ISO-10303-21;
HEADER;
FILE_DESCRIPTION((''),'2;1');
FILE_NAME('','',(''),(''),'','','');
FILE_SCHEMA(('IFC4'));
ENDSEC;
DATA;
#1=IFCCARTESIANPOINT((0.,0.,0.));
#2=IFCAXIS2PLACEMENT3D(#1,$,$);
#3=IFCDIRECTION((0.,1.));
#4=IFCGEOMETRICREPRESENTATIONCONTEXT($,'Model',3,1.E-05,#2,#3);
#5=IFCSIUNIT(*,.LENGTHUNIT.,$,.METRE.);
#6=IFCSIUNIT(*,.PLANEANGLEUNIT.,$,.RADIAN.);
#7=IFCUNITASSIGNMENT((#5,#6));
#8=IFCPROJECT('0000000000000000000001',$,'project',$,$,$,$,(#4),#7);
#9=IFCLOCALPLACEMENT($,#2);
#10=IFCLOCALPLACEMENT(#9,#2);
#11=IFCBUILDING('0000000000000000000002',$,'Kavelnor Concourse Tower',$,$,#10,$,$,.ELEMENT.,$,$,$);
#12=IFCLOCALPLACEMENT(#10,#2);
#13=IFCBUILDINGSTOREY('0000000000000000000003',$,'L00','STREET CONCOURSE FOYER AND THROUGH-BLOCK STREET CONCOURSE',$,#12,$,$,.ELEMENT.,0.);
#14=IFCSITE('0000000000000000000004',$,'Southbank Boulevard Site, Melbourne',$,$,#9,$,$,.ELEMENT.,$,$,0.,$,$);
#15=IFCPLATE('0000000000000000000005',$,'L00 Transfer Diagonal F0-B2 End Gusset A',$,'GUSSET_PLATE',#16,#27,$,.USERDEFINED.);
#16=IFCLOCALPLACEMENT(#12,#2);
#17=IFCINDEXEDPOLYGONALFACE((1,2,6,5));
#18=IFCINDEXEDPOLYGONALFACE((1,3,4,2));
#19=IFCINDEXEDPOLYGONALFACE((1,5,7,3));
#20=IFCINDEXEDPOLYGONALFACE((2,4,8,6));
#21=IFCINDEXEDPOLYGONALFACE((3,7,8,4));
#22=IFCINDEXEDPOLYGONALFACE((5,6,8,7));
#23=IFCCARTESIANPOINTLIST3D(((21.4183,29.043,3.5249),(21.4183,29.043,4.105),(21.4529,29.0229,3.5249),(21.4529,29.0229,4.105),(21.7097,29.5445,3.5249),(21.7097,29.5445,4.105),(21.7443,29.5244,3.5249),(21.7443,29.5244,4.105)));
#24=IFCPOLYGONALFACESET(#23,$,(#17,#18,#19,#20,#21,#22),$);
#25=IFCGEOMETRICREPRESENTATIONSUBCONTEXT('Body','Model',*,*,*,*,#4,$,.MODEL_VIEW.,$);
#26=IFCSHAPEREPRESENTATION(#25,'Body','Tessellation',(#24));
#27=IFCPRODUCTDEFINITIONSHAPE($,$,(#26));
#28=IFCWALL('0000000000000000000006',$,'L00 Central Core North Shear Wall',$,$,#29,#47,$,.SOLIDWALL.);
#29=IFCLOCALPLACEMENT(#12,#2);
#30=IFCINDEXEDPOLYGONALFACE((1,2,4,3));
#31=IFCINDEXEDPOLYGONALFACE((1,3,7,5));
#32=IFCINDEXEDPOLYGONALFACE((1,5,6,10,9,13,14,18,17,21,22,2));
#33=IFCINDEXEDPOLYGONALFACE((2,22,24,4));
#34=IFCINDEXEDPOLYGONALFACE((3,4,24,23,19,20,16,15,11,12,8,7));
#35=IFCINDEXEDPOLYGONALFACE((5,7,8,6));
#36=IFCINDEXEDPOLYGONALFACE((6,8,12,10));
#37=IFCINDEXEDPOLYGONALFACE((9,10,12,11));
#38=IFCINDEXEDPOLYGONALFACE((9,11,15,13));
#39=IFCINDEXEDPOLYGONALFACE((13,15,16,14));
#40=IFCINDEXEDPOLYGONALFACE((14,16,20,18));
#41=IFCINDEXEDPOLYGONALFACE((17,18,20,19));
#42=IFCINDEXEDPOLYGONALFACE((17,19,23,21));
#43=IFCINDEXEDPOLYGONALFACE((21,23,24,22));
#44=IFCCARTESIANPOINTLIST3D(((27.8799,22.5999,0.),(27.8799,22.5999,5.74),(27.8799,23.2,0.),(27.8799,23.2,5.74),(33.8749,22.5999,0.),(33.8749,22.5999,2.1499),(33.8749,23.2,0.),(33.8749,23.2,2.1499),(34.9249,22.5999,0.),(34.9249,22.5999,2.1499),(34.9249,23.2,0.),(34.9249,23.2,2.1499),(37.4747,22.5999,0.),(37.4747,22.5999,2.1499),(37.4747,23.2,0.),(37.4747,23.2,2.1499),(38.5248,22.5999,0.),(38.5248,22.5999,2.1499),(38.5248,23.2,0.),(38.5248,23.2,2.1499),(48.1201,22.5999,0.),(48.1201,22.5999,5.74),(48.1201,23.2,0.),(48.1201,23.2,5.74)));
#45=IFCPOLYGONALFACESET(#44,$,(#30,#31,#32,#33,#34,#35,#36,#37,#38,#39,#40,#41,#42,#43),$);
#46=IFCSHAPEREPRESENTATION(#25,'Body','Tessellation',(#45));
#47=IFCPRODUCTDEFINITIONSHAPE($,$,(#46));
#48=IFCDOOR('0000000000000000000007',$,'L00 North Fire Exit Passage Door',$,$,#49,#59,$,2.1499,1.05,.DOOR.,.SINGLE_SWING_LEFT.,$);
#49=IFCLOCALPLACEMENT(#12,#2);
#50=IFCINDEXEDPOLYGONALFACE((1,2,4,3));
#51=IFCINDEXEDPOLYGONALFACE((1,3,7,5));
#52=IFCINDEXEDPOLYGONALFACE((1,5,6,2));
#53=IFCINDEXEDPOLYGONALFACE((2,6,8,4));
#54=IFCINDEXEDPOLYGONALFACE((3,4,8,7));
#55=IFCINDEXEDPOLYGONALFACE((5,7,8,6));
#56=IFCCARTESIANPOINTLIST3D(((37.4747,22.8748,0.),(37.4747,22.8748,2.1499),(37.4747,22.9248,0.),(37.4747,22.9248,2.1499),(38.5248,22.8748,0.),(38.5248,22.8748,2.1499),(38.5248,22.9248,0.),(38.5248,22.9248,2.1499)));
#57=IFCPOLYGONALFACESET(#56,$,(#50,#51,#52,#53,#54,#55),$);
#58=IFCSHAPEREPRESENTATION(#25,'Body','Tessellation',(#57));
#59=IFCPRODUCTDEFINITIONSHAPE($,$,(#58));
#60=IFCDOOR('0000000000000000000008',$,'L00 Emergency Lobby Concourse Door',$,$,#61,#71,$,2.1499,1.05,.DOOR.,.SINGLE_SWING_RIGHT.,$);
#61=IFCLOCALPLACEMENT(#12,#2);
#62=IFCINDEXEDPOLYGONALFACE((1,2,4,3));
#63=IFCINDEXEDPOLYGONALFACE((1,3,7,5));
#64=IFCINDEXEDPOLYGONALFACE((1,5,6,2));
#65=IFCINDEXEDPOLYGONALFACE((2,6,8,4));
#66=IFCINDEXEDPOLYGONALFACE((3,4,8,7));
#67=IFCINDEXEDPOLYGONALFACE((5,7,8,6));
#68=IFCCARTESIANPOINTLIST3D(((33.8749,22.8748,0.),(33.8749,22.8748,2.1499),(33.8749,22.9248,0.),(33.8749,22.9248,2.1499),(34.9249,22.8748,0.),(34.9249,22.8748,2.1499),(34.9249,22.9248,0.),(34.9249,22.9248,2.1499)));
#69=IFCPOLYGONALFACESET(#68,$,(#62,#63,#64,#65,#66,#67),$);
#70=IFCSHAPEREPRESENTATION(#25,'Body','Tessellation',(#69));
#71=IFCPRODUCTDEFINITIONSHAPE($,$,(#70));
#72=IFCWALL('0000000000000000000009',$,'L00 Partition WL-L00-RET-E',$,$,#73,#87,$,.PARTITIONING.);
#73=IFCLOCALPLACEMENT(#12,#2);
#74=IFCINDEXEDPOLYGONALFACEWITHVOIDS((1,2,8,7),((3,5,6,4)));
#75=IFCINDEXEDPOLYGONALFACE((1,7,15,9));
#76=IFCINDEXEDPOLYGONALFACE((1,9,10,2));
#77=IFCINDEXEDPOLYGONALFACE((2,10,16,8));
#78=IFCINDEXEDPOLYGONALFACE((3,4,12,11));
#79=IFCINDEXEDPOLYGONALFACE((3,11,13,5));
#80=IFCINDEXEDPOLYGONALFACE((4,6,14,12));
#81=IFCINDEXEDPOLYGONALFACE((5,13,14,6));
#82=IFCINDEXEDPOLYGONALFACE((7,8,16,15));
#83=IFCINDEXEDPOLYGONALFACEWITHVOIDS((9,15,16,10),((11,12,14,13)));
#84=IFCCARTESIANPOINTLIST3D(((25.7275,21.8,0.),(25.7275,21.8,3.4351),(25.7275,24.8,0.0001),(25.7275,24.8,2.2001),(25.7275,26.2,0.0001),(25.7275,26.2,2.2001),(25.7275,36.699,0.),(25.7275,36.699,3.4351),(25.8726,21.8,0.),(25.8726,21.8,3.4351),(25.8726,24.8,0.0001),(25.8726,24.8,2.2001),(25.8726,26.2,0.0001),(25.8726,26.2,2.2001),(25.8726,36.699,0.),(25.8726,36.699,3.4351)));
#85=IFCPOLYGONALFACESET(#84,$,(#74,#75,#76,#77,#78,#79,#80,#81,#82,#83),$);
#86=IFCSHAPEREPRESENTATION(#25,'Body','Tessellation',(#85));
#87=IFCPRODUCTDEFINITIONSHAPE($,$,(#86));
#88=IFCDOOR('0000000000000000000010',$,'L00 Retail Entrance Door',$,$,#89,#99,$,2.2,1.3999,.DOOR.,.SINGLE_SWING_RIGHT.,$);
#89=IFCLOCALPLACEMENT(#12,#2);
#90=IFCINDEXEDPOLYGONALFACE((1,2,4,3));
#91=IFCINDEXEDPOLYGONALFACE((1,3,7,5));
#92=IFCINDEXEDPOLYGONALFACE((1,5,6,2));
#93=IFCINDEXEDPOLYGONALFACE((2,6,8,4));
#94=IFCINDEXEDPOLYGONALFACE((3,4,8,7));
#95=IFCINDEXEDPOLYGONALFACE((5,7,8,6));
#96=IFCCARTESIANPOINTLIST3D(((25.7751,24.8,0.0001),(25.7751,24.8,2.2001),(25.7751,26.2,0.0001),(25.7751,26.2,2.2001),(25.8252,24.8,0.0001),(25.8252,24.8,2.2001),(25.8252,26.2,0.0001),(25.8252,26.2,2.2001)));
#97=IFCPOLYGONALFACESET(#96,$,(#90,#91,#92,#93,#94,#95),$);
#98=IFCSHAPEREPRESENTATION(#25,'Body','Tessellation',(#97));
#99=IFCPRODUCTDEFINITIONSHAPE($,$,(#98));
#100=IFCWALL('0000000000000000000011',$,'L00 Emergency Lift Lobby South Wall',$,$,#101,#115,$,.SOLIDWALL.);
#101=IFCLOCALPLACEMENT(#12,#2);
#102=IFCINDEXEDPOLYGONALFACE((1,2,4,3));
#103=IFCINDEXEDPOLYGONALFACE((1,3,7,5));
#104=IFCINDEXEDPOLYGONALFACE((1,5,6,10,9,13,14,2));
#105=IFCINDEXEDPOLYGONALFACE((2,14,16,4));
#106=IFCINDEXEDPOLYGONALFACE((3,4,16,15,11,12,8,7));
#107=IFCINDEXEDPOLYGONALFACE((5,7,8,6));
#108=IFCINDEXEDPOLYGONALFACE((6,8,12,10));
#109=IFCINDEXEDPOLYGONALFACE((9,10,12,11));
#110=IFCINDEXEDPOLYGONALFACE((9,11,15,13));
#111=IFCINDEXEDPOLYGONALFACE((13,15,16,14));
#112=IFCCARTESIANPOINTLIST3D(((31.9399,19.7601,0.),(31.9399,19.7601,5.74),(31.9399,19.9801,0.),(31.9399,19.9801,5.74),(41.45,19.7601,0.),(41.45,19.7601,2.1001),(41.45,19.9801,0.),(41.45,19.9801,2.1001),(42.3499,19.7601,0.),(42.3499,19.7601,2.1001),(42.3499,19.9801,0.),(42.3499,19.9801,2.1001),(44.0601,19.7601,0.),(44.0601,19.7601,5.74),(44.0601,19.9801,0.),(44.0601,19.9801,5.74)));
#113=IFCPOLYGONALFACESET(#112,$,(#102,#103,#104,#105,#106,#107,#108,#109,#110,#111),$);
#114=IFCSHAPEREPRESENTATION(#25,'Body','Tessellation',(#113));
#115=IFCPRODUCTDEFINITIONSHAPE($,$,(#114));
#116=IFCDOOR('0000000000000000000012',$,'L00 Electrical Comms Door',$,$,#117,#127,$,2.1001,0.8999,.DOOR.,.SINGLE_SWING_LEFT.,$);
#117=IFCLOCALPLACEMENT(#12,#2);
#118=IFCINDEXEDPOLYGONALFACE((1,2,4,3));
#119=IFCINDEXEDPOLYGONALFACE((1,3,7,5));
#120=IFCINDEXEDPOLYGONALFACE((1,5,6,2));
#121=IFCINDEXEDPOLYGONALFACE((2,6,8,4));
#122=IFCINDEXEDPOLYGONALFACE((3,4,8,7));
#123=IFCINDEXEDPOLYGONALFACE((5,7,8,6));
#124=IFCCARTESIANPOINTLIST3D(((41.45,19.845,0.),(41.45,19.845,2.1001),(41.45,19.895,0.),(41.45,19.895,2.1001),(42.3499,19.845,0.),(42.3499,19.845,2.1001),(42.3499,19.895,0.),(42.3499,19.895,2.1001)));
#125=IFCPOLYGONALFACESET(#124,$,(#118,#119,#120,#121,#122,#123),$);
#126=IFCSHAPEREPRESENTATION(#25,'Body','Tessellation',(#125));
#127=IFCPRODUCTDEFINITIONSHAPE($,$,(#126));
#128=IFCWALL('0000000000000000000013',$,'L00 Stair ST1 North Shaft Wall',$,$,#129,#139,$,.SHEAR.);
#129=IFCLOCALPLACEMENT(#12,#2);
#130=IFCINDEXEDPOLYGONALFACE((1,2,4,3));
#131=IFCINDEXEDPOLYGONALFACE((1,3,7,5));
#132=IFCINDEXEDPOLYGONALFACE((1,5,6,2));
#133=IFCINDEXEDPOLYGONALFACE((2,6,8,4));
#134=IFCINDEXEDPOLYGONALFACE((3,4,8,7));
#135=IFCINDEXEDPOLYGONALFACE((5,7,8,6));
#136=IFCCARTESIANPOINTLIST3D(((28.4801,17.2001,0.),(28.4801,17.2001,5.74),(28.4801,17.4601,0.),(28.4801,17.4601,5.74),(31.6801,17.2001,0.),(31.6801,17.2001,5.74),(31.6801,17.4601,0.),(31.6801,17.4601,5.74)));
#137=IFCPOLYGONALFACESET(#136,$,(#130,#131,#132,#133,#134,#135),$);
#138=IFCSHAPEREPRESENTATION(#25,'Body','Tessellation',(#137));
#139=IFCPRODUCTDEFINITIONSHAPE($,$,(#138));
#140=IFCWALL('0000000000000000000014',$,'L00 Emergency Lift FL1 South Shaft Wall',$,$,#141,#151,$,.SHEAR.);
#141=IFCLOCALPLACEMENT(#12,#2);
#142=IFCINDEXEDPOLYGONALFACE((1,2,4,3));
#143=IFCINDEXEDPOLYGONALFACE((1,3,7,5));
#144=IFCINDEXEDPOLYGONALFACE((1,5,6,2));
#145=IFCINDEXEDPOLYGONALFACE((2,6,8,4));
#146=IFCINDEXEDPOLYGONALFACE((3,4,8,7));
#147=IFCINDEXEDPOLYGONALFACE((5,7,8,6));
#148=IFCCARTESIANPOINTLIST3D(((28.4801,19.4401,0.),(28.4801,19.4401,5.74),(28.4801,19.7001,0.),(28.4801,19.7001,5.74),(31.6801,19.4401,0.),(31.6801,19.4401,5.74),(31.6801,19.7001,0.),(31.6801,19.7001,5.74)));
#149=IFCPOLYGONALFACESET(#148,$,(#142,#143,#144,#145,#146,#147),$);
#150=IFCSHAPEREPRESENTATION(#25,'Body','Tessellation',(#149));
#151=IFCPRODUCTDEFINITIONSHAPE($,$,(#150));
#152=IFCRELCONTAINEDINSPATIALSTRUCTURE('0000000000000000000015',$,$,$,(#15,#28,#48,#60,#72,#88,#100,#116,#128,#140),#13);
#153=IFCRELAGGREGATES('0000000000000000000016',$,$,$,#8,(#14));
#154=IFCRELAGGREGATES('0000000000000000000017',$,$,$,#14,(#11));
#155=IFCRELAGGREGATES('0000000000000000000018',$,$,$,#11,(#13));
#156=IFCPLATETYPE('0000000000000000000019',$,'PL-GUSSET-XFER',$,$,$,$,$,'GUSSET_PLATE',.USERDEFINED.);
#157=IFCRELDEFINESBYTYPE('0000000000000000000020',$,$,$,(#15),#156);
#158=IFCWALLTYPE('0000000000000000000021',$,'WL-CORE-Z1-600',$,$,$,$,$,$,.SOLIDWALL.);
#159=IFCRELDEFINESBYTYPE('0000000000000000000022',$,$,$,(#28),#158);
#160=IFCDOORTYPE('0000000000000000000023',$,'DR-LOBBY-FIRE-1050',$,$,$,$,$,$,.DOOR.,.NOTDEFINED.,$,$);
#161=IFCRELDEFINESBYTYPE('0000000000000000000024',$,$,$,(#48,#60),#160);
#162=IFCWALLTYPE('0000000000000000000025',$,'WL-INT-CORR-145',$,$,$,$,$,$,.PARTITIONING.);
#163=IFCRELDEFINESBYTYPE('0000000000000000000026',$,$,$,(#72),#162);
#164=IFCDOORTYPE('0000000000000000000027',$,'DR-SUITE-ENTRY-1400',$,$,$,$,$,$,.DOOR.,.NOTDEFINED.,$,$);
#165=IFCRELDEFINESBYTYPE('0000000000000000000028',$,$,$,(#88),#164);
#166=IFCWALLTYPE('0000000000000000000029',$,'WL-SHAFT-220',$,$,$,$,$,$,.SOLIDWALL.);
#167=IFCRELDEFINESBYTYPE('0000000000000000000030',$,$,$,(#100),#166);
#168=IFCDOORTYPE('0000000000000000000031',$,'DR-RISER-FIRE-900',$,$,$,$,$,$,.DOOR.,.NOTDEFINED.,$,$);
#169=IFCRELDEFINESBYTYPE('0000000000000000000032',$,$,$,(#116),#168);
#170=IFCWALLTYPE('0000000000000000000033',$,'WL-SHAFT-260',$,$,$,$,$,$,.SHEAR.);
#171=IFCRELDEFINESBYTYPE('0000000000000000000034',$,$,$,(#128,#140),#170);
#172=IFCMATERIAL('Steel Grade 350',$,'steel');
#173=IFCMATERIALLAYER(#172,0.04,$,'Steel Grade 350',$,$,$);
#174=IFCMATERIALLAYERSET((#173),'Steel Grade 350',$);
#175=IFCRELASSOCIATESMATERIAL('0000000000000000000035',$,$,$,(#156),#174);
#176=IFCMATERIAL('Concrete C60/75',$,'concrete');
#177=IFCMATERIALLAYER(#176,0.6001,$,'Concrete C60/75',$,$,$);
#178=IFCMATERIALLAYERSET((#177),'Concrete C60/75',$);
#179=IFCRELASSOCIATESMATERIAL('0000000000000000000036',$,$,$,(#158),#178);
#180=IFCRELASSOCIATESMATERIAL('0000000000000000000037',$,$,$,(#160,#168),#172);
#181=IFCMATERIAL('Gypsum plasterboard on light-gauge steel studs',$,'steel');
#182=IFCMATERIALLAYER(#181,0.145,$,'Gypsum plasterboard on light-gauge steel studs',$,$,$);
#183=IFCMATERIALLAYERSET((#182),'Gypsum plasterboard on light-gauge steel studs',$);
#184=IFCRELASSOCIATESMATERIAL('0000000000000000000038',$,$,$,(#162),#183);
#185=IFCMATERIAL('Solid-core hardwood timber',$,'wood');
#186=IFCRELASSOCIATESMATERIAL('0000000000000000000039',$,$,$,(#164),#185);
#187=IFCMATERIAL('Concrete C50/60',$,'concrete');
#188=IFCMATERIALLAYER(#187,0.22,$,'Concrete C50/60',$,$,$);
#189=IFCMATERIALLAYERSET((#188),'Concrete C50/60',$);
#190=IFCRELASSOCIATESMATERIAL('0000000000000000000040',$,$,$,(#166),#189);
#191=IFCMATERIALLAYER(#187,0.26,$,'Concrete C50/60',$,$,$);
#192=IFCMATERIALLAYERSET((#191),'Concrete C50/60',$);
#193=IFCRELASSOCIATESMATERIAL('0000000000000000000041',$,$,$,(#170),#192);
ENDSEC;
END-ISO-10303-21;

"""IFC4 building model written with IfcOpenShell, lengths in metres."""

from ifc_helpers import new_model, si_unit, direction, frame, frame_2d, origin, origin_2d, place, context, subcontext, project, spatial, rectangle, extrude, material, layer, layer_set, type_object, element, fill, save


model = new_model("IFC4")

# Units and contexts
model_context = context("Model", 3, precision=1e-05, world=origin(), true_north=direction((0.0, 1.0)))
body_context = subcontext(model_context, "Body", "Model", "MODEL_VIEW")
ifc_project = project(units=[si_unit("LENGTHUNIT", "METRE"), si_unit("PLANEANGLEUNIT", "RADIAN")], contexts=[model_context])

# Site, building, storey
site_placement = place(None, origin())
site = spatial("IfcSite", under=ifc_project, at=site_placement, Name="Southbank Boulevard Site, Melbourne", CompositionType="ELEMENT", RefElevation=0.0)
building_placement = place(site_placement, origin())
building = spatial("IfcBuilding", under=site, at=building_placement, Name="Kavelnor Concourse Tower", CompositionType="ELEMENT")
storey_placement = place(building_placement, origin())
storey = spatial("IfcBuildingStorey", under=building, at=storey_placement, Name="L00", Description="STREET CONCOURSE FOYER AND THROUGH-BLOCK STREET CONCOURSE", CompositionType="ELEMENT", Elevation=0.0)

# Shared definitions
ifc_material_1 = material(Name="Steel Grade 350", Category="steel")

# Plate
ifc_layer_1 = layer(ifc_material_1, 0.04, Name="Steel Grade 350")
ifc_layer_set_1 = layer_set([ifc_layer_1], Name="Steel Grade 350")
plate_type_1 = type_object("IfcPlateType", Name="PL-GUSSET-XFER", ElementType="GUSSET_PLATE", PredefinedType="USERDEFINED", material=ifc_layer_set_1)
plate_1_placement = place(storey_placement, frame((21.5813, 29.2837, 3.5249), z_axis=(0.0, 0.0, 1.0), x_axis=(0.502416, 0.864626, 0.0)))
element("IfcPlate", 1, at=plate_1_placement, inside=storey, type_object=plate_type_1, Name="L00 Transfer Diagonal F0-B2 End Gusset A", ObjectType="GUSSET_PLATE", PredefinedType="USERDEFINED", context=body_context, shape_type="SweptSolid", body=[
    extrude(rectangle(XDim=0.5801, YDim=0.04, at=origin_2d()), origin(), (0.0, 0.0, 1.0), 0.5801),
])

# Wall, openings, doors
ifc_material_2 = material(Name="Concrete C60/75", Category="concrete")
ifc_layer_2 = layer(ifc_material_2, 0.6001, Name="Concrete C60/75")
ifc_layer_set_2 = layer_set([ifc_layer_2], Name="Concrete C60/75")
wall_type_1 = type_object("IfcWallType", Name="WL-CORE-Z1-600", PredefinedType="SOLIDWALL", material=ifc_layer_set_2)
wall_1_placement = place(storey_placement, frame((27.8799, 22.8999, 0.0), z_axis=(0.0, 0.0, 1.0), x_axis=(1.0, 0.0, 0.0)))
wall_1 = element("IfcWall", 2, at=wall_1_placement, inside=storey, type_object=wall_type_1, Name="L00 Central Core North Shear Wall", PredefinedType="SOLIDWALL", context=body_context, shape_type="SweptSolid", body=[
    extrude(rectangle(XDim=20.2402, YDim=0.6001, at=frame_2d((10.1201, 0.0))), origin(), (0.0, 0.0, 1.0), 5.74),
])
opening_1_placement = place(wall_1_placement, frame((9.595, 0.0, 0.0)))
opening_1 = element("IfcOpeningElement", 3, at=opening_1_placement, cuts=wall_1, PredefinedType="OPENING", context=body_context, shape_type="SweptSolid", body=[
    extrude(rectangle(XDim=1.05, YDim=2.1499, at=frame_2d((0.5249, 1.075))), frame((0.0, 0.3101, 0.0), z_axis=(0.0, -1.0, 0.0), x_axis=(1.0, 0.0, 0.0)), (0.0, 0.0, 1.0), 0.6201),
])
opening_2_placement = place(wall_1_placement, frame((5.9951, 0.0, 0.0)))
opening_2 = element("IfcOpeningElement", 4, at=opening_2_placement, cuts=wall_1, PredefinedType="OPENING", context=body_context, shape_type="SweptSolid", body=[
    extrude(rectangle(XDim=1.05, YDim=2.1499, at=frame_2d((0.5249, 1.075))), frame((0.0, 0.3101, 0.0), z_axis=(0.0, -1.0, 0.0), x_axis=(1.0, 0.0, 0.0)), (0.0, 0.0, 1.0), 0.6201),
])
door_type_1 = type_object("IfcDoorType", Name="DR-LOBBY-FIRE-1050", OperationType="NOTDEFINED", PredefinedType="DOOR", material=ifc_material_1)
door_1_placement = place(opening_1_placement, origin())
door_1 = element("IfcDoor", 5, at=door_1_placement, inside=storey, type_object=door_type_1, Name="L00 North Fire Exit Passage Door", OperationType="SINGLE_SWING_LEFT", OverallHeight=2.1499, OverallWidth=1.05, PredefinedType="DOOR", context=body_context, shape_type="SweptSolid", body=[
    extrude(rectangle(XDim=1.05, YDim=2.1499, at=frame_2d((0.5249, 1.075))), frame((0.0, 0.0249, 0.0), z_axis=(0.0, -1.0, 0.0), x_axis=(1.0, 0.0, 0.0)), (0.0, 0.0, 1.0), 0.05),
])
fill(opening_1, door_1)
door_2_placement = place(opening_2_placement, origin())
door_2 = element("IfcDoor", 6, at=door_2_placement, inside=storey, type_object=door_type_1, Name="L00 Emergency Lobby Concourse Door", OperationType="SINGLE_SWING_RIGHT", OverallHeight=2.1499, OverallWidth=1.05, PredefinedType="DOOR", context=body_context, shape_type="SweptSolid", body=[
    extrude(rectangle(XDim=1.05, YDim=2.1499, at=frame_2d((0.5249, 1.075))), frame((0.0, 0.0249, 0.0), z_axis=(0.0, -1.0, 0.0), x_axis=(1.0, 0.0, 0.0)), (0.0, 0.0, 1.0), 0.05),
])
fill(opening_2, door_2)

# Walls, openings, doors
ifc_material_3 = material(Name="Gypsum plasterboard on light-gauge steel studs", Category="steel")
ifc_layer_3 = layer(ifc_material_3, 0.145, Name="Gypsum plasterboard on light-gauge steel studs")
ifc_layer_set_3 = layer_set([ifc_layer_3], Name="Gypsum plasterboard on light-gauge steel studs")
wall_type_2 = type_object("IfcWallType", Name="WL-INT-CORR-145", PredefinedType="PARTITIONING", material=ifc_layer_set_3)
wall_2_placement = place(storey_placement, frame((25.8, 21.8, 0.0), z_axis=(0.0, 0.0, 1.0), x_axis=(0.0, 1.0, 0.0)))
wall_2 = element("IfcWall", 7, at=wall_2_placement, inside=storey, type_object=wall_type_2, Name="L00 Partition WL-L00-RET-E", PredefinedType="PARTITIONING", context=body_context, shape_type="SweptSolid", body=[
    extrude(rectangle(XDim=14.8989, YDim=0.145, at=frame_2d((7.4495, 0.0))), origin(), (0.0, 0.0, 1.0), 3.4351),
])
opening_3_placement = place(wall_2_placement, frame((3.0, 0.0, 0.0)))
opening_3 = element("IfcOpeningElement", 8, at=opening_3_placement, cuts=wall_2, PredefinedType="OPENING", context=body_context, shape_type="SweptSolid", body=[
    extrude(rectangle(XDim=1.3999, YDim=2.2, at=frame_2d((0.7, 1.1001))), frame((0.0, 0.0825, 0.0), z_axis=(0.0, -1.0, 0.0), x_axis=(1.0, 0.0, 0.0)), (0.0, 0.0, 1.0), 0.165),
])
ifc_material_4 = material(Name="Solid-core hardwood timber", Category="wood")
door_type_2 = type_object("IfcDoorType", Name="DR-SUITE-ENTRY-1400", OperationType="NOTDEFINED", PredefinedType="DOOR", material=ifc_material_4)
door_3_placement = place(opening_3_placement, origin())
door_3 = element("IfcDoor", 9, at=door_3_placement, inside=storey, type_object=door_type_2, Name="L00 Retail Entrance Door", OperationType="SINGLE_SWING_RIGHT", OverallHeight=2.2, OverallWidth=1.3999, PredefinedType="DOOR", context=body_context, shape_type="SweptSolid", body=[
    extrude(rectangle(XDim=1.3999, YDim=2.2, at=frame_2d((0.7, 1.1001))), frame((0.0, 0.0249, 0.0), z_axis=(0.0, -1.0, 0.0), x_axis=(1.0, 0.0, 0.0)), (0.0, 0.0, 1.0), 0.05),
])
fill(opening_3, door_3)
ifc_material_5 = material(Name="Concrete C50/60", Category="concrete")
ifc_layer_4 = layer(ifc_material_5, 0.22, Name="Concrete C50/60")
ifc_layer_set_4 = layer_set([ifc_layer_4], Name="Concrete C50/60")
wall_type_3 = type_object("IfcWallType", Name="WL-SHAFT-220", PredefinedType="SOLIDWALL", material=ifc_layer_set_4)
wall_3_placement = place(storey_placement, frame((31.9399, 19.8701, 0.0), z_axis=(0.0, 0.0, 1.0), x_axis=(1.0, 0.0, 0.0)))
wall_3 = element("IfcWall", 10, at=wall_3_placement, inside=storey, type_object=wall_type_3, Name="L00 Emergency Lift Lobby South Wall", PredefinedType="SOLIDWALL", context=body_context, shape_type="SweptSolid", body=[
    extrude(rectangle(XDim=12.1201, YDim=0.22, at=frame_2d((6.0601, 0.0))), origin(), (0.0, 0.0, 1.0), 5.74),
])
opening_4_placement = place(wall_3_placement, frame((9.51, 0.0, 0.0)))
opening_4 = element("IfcOpeningElement", 11, at=opening_4_placement, cuts=wall_3, PredefinedType="OPENING", context=body_context, shape_type="SweptSolid", body=[
    extrude(rectangle(XDim=0.8999, YDim=2.1001, at=frame_2d((0.45, 1.05))), frame((0.0, 0.1201, 0.0), z_axis=(0.0, -1.0, 0.0), x_axis=(1.0, 0.0, 0.0)), (0.0, 0.0, 1.0), 0.24),
])
door_type_3 = type_object("IfcDoorType", Name="DR-RISER-FIRE-900", OperationType="NOTDEFINED", PredefinedType="DOOR", material=ifc_material_1)
door_4_placement = place(opening_4_placement, origin())
door_4 = element("IfcDoor", 12, at=door_4_placement, inside=storey, type_object=door_type_3, Name="L00 Electrical Comms Door", OperationType="SINGLE_SWING_LEFT", OverallHeight=2.1001, OverallWidth=0.8999, PredefinedType="DOOR", context=body_context, shape_type="SweptSolid", body=[
    extrude(rectangle(XDim=0.8999, YDim=2.1001, at=frame_2d((0.45, 1.05))), frame((0.0, 0.0249, 0.0), z_axis=(0.0, -1.0, 0.0), x_axis=(1.0, 0.0, 0.0)), (0.0, 0.0, 1.0), 0.05),
])
fill(opening_4, door_4)

# Walls
ifc_layer_5 = layer(ifc_material_5, 0.26, Name="Concrete C50/60")
ifc_layer_set_5 = layer_set([ifc_layer_5], Name="Concrete C50/60")
wall_type_4 = type_object("IfcWallType", Name="WL-SHAFT-260", PredefinedType="SHEAR", material=ifc_layer_set_5)
for number, where, z_axis, x_axis, name in (
    (13, (28.48, 17.3301, 0.0), (0.0, 0.0, 1.0), (1.0, 0.0, 0.0), "L00 Stair ST1 North Shaft Wall"),
    (14, (28.48, 19.5701, 0.0), (0.0, 0.0, 1.0), (1.0, 0.0, 0.0), "L00 Emergency Lift FL1 South Shaft Wall"),
):
    element("IfcWall", number, at=place(storey_placement, frame(where, z_axis=z_axis, x_axis=x_axis)), inside=storey, type_object=wall_type_4, Name=name, PredefinedType="SHEAR", context=body_context, shape_type="SweptSolid", body=[
        extrude(rectangle(XDim=3.2, YDim=0.26, at=frame_2d((1.6001, 0.0))), origin(), (0.0, 0.0, 1.0), 5.74),
    ])

save(model, "model.ifc")
